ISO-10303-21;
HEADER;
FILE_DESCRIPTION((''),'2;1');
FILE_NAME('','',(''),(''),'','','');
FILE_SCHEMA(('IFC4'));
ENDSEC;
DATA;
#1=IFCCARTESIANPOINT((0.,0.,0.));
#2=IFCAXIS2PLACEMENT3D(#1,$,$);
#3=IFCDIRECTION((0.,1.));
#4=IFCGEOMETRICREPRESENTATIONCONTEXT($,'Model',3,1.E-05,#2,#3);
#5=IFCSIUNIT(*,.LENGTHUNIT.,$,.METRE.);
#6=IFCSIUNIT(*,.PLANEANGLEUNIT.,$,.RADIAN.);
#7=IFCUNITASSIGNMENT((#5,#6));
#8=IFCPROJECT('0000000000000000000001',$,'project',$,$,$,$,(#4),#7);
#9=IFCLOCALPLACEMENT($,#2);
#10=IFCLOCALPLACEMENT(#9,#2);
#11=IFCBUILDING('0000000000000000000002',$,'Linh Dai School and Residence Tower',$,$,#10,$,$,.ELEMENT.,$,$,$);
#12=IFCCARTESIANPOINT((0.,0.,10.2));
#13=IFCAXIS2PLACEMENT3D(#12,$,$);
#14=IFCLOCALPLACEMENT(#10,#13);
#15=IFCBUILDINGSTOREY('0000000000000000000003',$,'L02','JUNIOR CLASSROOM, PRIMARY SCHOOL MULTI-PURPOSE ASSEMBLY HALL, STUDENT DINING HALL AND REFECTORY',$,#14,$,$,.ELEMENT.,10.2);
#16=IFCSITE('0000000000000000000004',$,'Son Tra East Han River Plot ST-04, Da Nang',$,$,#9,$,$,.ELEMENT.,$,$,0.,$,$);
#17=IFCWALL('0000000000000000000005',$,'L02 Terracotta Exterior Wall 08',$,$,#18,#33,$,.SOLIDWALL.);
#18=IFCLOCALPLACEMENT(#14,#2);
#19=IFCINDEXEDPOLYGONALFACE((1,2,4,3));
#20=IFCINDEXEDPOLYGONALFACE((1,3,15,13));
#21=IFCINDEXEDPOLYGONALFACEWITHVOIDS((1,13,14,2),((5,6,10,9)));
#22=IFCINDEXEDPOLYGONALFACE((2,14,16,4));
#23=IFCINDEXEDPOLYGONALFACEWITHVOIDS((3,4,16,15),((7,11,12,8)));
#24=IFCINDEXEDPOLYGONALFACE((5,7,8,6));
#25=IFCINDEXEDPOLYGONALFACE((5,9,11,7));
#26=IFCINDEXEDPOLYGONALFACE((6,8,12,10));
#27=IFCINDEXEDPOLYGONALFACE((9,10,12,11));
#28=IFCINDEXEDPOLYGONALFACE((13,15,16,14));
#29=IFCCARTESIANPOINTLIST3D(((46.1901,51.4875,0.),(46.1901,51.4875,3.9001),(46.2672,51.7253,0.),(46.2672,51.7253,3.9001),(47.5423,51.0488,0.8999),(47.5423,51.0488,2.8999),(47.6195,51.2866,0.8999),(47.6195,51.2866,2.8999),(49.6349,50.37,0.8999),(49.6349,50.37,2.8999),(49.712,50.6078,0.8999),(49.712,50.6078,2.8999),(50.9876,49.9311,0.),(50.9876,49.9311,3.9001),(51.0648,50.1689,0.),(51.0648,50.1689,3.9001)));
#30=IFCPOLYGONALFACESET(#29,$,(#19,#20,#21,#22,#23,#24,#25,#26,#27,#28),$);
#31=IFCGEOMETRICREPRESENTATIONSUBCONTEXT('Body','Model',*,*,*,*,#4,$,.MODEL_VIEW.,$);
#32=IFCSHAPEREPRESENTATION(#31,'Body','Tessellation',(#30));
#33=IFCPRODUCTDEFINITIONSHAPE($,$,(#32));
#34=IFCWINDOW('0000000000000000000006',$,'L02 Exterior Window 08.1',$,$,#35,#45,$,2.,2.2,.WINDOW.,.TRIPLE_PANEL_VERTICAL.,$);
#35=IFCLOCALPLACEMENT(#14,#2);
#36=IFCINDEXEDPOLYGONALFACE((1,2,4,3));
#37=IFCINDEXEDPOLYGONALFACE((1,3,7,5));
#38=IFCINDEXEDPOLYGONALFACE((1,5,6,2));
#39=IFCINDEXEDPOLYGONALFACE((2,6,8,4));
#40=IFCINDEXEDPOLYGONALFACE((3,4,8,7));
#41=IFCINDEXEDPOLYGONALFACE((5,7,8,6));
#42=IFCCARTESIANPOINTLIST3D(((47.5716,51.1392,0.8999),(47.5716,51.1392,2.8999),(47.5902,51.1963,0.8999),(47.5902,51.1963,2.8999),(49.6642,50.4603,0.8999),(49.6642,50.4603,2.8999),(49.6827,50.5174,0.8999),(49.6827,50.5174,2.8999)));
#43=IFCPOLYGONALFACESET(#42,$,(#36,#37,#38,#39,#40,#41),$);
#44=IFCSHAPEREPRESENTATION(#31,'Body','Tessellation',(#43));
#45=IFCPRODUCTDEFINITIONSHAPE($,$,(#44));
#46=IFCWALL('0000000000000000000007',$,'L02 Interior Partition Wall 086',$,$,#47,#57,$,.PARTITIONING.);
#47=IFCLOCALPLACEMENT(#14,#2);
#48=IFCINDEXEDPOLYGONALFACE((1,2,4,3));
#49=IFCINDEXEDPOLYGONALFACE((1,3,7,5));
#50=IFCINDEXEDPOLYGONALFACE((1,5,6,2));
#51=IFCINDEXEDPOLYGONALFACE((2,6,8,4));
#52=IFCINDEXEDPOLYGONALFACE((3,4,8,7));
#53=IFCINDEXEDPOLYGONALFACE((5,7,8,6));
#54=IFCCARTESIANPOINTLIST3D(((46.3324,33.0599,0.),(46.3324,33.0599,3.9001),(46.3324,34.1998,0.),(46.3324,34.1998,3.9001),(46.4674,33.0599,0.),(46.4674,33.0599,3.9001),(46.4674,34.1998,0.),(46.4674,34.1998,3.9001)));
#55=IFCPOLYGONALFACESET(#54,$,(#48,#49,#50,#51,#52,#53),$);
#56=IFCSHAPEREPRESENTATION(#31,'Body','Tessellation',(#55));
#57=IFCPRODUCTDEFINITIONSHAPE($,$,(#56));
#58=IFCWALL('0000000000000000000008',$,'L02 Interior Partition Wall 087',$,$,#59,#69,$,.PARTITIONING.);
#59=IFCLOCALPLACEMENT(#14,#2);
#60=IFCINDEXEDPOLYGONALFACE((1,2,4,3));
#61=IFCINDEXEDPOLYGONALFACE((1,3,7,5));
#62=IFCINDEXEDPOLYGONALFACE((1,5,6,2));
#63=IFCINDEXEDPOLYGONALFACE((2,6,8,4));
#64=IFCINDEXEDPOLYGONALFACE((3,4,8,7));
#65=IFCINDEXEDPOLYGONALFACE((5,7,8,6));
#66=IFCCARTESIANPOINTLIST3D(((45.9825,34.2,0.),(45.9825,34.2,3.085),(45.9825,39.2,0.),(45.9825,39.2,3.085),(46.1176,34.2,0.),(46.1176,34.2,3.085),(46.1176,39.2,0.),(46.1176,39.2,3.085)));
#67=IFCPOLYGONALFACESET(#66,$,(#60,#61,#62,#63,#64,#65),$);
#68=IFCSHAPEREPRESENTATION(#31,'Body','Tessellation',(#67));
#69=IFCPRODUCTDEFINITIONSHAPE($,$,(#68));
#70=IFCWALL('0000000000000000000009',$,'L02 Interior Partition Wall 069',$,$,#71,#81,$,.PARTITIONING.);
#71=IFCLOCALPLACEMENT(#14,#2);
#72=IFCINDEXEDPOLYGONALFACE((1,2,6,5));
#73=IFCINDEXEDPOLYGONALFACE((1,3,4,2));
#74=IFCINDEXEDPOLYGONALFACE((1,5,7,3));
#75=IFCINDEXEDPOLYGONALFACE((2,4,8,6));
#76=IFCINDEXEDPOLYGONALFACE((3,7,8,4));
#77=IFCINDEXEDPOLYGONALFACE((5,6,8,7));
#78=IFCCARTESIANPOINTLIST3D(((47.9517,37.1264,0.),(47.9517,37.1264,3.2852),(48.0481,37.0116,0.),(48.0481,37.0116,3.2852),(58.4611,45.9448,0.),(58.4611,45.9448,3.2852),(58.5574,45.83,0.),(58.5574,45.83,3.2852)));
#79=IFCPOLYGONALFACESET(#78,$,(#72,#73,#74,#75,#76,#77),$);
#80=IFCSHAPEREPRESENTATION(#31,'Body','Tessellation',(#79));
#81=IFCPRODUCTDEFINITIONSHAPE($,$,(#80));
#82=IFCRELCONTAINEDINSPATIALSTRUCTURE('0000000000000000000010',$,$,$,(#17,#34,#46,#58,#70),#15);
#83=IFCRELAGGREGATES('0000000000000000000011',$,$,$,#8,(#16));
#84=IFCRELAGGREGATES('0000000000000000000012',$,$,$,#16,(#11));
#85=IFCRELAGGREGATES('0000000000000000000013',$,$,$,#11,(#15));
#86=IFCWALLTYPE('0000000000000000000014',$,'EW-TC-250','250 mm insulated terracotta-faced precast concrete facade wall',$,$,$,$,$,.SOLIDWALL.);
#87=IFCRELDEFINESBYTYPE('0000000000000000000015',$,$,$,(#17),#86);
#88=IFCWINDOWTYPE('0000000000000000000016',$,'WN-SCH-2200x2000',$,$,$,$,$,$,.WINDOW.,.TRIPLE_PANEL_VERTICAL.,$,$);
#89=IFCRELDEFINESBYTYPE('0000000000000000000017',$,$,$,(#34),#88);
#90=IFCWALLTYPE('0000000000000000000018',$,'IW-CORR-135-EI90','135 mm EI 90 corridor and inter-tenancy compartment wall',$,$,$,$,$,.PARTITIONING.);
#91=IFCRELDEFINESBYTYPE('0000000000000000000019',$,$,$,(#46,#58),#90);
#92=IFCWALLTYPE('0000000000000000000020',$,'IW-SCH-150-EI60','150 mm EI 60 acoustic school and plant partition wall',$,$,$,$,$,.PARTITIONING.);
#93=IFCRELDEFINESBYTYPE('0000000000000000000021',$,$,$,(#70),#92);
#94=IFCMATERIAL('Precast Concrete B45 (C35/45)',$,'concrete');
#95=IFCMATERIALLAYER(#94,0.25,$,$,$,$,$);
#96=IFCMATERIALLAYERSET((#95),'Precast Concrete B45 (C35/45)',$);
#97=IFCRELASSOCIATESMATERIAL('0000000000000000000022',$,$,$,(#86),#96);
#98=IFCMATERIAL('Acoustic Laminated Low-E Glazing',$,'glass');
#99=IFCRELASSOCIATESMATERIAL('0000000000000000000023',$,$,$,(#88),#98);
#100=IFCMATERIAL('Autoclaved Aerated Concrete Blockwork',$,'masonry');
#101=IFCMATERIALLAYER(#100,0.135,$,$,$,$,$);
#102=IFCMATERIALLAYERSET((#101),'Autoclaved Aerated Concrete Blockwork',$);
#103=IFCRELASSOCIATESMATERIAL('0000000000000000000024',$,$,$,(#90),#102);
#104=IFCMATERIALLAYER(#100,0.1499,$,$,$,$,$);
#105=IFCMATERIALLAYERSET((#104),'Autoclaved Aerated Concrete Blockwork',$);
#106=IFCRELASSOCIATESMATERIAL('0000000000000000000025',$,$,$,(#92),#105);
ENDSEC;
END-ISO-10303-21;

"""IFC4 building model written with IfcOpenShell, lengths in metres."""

from ifc_helpers import new_model, si_unit, direction, frame, frame_2d, origin, origin_2d, place, context, subcontext, project, spatial, rectangle, extrude, source, transform, mapped, material, layer, layer_set, type_object, element, fill, save


model = new_model("IFC4")

# Units and contexts
model_context = context("Model", 3, precision=1e-05, world=origin(), true_north=direction((0.0, 1.0)))
body_context = subcontext(model_context, "Body", "Model", "MODEL_VIEW")
ifc_project = project(units=[si_unit("LENGTHUNIT", "METRE"), si_unit("PLANEANGLEUNIT", "RADIAN")], contexts=[model_context])

# Site, building, storey
site_placement = place(None, origin())
site = spatial("IfcSite", under=ifc_project, at=site_placement, Name="Son Tra East Han River Plot ST-04, Da Nang", CompositionType="ELEMENT", RefElevation=0.0)
building_placement = place(site_placement, origin())
building = spatial("IfcBuilding", under=site, at=building_placement, Name="Linh Dai School and Residence Tower", CompositionType="ELEMENT")
storey_placement = place(building_placement, frame((0.0, 0.0, 10.2)))
storey = spatial("IfcBuildingStorey", under=building, at=storey_placement, Name="L02", Description="JUNIOR CLASSROOM, PRIMARY SCHOOL MULTI-PURPOSE ASSEMBLY HALL, STUDENT DINING HALL AND REFECTORY", CompositionType="ELEMENT", Elevation=10.2)

# Shared definitions
ifc_material_1 = material(Name="Precast Concrete B45 (C35/45)", Category="concrete")
ifc_layer_1 = layer(ifc_material_1, 0.25)
ifc_layer_set_1 = layer_set([ifc_layer_1], Name="Precast Concrete B45 (C35/45)")
wall_type_1 = type_object("IfcWallType", Name="EW-TC-250", Description="250 mm insulated terracotta-faced precast concrete facade wall", PredefinedType="SOLIDWALL", material=ifc_layer_set_1)

# Shared definitions
ifc_material_2 = material(Name="Acoustic Laminated Low-E Glazing", Category="glass")
window_type = type_object("IfcWindowType", Name="WN-SCH-2200x2000", PartitioningType="TRIPLE_PANEL_VERTICAL", PredefinedType="WINDOW", material=ifc_material_2)
shared_shape_1 = source(origin(), body_context, "Body", "SweptSolid", [
    extrude(rectangle(XDim=2.2, YDim=2.0, at=origin_2d()), frame((1.1001, 0.03, 1.0), z_axis=(0.0, -1.0, 0.0), x_axis=(1.0, 0.0, 0.0)), (0.0, 0.0, 1.0), 0.0601),
])

# Wall, opening, window
wall_1_placement = place(storey_placement, frame((46.2285, 51.6064, 0.0), z_axis=(0.0, 0.0, 1.0), x_axis=(0.951199, -0.308579, 0.0)))
wall_1 = element("IfcWall", 1, at=wall_1_placement, inside=storey, type_object=wall_type_1, Name="L02 Terracotta Exterior Wall 08", PredefinedType="SOLIDWALL", context=body_context, shape_type="SweptSolid", body=[
    extrude(rectangle(XDim=5.0437, YDim=0.25, at=frame_2d((2.522, 0.0))), origin(), (0.0, 0.0, 1.0), 3.9001),
])
opening_1_placement = place(wall_1_placement, frame((1.4216, 0.0, 0.8999)))
opening_1 = element("IfcOpeningElement", 2, at=opening_1_placement, cuts=wall_1, PredefinedType="OPENING", context=body_context, shape_type="SweptSolid", body=[
    extrude(rectangle(XDim=2.2, YDim=2.0, at=origin_2d()), frame((1.1001, 0.135, 1.0), z_axis=(0.0, -1.0, 0.0), x_axis=(1.0, 0.0, 0.0)), (0.0, 0.0, 1.0), 0.27),
])
window_1_placement = place(opening_1_placement, origin())
window_1 = element("IfcWindow", 3, at=window_1_placement, inside=storey, type_object=window_type, Name="L02 Exterior Window 08.1", OverallHeight=2.0, OverallWidth=2.2, PartitioningType="TRIPLE_PANEL_VERTICAL", PredefinedType="WINDOW", context=body_context, shape_type="MappedRepresentation", body=[
    mapped(shared_shape_1, transform((0.0, 0.0, 0.0), x_axis=(1.0, 0.0, 0.0), y_axis=(0.0, 1.0, 0.0), z_axis=(0.0, 0.0, 1.0), scale=1.0)),
])
fill(opening_1, window_1)

# Walls
ifc_material_3 = material(Name="Autoclaved Aerated Concrete Blockwork", Category="masonry")
ifc_layer_2 = layer(ifc_material_3, 0.135)
ifc_layer_set_2 = layer_set([ifc_layer_2], Name="Autoclaved Aerated Concrete Blockwork")
wall_type_2 = type_object("IfcWallType", Name="IW-CORR-135-EI90", Description="135 mm EI 90 corridor and inter-tenancy compartment wall", PredefinedType="PARTITIONING", material=ifc_layer_set_2)
wall_2_placement = place(storey_placement, frame((46.3999, 33.0601, 0.0), z_axis=(0.0, 0.0, 1.0), x_axis=(0.0, 1.0, 0.0)))
element("IfcWall", 4, at=wall_2_placement, inside=storey, type_object=wall_type_2, Name="L02 Interior Partition Wall 086", PredefinedType="PARTITIONING", context=body_context, shape_type="SweptSolid", body=[
    extrude(rectangle(XDim=1.1399, YDim=0.135, at=frame_2d((0.5698, 0.0))), origin(), (0.0, 0.0, 1.0), 3.9001),
])
wall_3_placement = place(storey_placement, frame((46.05, 34.2, 0.0), z_axis=(0.0, 0.0, 1.0), x_axis=(0.0, 1.0, 0.0)))
element("IfcWall", 5, at=wall_3_placement, inside=storey, type_object=wall_type_2, Name="L02 Interior Partition Wall 087", PredefinedType="PARTITIONING", context=body_context, shape_type="SweptSolid", body=[
    extrude(rectangle(XDim=5.0, YDim=0.135, at=frame_2d((2.5, 0.0))), origin(), (0.0, 0.0, 1.0), 3.085),
])
ifc_layer_3 = layer(ifc_material_3, 0.1499)
ifc_layer_set_3 = layer_set([ifc_layer_3], Name="Autoclaved Aerated Concrete Blockwork")
wall_type_3 = type_object("IfcWallType", Name="IW-SCH-150-EI60", Description="150 mm EI 60 acoustic school and plant partition wall", PredefinedType="PARTITIONING", material=ifc_layer_set_3)
wall_4_placement = place(storey_placement, frame((48.0, 37.0691, 0.0), z_axis=(0.0, 0.0, 1.0), x_axis=(0.766043, 0.642789, 0.0)))
element("IfcWall", 6, at=wall_4_placement, inside=storey, type_object=wall_type_3, Name="L02 Interior Partition Wall 069", PredefinedType="PARTITIONING", context=body_context, shape_type="SweptSolid", body=[
    extrude(rectangle(XDim=13.719, YDim=0.1499, at=frame_2d((6.8594, 0.0))), origin(), (0.0, 0.0, 1.0), 3.2852),
])

save(model, "model.ifc")
